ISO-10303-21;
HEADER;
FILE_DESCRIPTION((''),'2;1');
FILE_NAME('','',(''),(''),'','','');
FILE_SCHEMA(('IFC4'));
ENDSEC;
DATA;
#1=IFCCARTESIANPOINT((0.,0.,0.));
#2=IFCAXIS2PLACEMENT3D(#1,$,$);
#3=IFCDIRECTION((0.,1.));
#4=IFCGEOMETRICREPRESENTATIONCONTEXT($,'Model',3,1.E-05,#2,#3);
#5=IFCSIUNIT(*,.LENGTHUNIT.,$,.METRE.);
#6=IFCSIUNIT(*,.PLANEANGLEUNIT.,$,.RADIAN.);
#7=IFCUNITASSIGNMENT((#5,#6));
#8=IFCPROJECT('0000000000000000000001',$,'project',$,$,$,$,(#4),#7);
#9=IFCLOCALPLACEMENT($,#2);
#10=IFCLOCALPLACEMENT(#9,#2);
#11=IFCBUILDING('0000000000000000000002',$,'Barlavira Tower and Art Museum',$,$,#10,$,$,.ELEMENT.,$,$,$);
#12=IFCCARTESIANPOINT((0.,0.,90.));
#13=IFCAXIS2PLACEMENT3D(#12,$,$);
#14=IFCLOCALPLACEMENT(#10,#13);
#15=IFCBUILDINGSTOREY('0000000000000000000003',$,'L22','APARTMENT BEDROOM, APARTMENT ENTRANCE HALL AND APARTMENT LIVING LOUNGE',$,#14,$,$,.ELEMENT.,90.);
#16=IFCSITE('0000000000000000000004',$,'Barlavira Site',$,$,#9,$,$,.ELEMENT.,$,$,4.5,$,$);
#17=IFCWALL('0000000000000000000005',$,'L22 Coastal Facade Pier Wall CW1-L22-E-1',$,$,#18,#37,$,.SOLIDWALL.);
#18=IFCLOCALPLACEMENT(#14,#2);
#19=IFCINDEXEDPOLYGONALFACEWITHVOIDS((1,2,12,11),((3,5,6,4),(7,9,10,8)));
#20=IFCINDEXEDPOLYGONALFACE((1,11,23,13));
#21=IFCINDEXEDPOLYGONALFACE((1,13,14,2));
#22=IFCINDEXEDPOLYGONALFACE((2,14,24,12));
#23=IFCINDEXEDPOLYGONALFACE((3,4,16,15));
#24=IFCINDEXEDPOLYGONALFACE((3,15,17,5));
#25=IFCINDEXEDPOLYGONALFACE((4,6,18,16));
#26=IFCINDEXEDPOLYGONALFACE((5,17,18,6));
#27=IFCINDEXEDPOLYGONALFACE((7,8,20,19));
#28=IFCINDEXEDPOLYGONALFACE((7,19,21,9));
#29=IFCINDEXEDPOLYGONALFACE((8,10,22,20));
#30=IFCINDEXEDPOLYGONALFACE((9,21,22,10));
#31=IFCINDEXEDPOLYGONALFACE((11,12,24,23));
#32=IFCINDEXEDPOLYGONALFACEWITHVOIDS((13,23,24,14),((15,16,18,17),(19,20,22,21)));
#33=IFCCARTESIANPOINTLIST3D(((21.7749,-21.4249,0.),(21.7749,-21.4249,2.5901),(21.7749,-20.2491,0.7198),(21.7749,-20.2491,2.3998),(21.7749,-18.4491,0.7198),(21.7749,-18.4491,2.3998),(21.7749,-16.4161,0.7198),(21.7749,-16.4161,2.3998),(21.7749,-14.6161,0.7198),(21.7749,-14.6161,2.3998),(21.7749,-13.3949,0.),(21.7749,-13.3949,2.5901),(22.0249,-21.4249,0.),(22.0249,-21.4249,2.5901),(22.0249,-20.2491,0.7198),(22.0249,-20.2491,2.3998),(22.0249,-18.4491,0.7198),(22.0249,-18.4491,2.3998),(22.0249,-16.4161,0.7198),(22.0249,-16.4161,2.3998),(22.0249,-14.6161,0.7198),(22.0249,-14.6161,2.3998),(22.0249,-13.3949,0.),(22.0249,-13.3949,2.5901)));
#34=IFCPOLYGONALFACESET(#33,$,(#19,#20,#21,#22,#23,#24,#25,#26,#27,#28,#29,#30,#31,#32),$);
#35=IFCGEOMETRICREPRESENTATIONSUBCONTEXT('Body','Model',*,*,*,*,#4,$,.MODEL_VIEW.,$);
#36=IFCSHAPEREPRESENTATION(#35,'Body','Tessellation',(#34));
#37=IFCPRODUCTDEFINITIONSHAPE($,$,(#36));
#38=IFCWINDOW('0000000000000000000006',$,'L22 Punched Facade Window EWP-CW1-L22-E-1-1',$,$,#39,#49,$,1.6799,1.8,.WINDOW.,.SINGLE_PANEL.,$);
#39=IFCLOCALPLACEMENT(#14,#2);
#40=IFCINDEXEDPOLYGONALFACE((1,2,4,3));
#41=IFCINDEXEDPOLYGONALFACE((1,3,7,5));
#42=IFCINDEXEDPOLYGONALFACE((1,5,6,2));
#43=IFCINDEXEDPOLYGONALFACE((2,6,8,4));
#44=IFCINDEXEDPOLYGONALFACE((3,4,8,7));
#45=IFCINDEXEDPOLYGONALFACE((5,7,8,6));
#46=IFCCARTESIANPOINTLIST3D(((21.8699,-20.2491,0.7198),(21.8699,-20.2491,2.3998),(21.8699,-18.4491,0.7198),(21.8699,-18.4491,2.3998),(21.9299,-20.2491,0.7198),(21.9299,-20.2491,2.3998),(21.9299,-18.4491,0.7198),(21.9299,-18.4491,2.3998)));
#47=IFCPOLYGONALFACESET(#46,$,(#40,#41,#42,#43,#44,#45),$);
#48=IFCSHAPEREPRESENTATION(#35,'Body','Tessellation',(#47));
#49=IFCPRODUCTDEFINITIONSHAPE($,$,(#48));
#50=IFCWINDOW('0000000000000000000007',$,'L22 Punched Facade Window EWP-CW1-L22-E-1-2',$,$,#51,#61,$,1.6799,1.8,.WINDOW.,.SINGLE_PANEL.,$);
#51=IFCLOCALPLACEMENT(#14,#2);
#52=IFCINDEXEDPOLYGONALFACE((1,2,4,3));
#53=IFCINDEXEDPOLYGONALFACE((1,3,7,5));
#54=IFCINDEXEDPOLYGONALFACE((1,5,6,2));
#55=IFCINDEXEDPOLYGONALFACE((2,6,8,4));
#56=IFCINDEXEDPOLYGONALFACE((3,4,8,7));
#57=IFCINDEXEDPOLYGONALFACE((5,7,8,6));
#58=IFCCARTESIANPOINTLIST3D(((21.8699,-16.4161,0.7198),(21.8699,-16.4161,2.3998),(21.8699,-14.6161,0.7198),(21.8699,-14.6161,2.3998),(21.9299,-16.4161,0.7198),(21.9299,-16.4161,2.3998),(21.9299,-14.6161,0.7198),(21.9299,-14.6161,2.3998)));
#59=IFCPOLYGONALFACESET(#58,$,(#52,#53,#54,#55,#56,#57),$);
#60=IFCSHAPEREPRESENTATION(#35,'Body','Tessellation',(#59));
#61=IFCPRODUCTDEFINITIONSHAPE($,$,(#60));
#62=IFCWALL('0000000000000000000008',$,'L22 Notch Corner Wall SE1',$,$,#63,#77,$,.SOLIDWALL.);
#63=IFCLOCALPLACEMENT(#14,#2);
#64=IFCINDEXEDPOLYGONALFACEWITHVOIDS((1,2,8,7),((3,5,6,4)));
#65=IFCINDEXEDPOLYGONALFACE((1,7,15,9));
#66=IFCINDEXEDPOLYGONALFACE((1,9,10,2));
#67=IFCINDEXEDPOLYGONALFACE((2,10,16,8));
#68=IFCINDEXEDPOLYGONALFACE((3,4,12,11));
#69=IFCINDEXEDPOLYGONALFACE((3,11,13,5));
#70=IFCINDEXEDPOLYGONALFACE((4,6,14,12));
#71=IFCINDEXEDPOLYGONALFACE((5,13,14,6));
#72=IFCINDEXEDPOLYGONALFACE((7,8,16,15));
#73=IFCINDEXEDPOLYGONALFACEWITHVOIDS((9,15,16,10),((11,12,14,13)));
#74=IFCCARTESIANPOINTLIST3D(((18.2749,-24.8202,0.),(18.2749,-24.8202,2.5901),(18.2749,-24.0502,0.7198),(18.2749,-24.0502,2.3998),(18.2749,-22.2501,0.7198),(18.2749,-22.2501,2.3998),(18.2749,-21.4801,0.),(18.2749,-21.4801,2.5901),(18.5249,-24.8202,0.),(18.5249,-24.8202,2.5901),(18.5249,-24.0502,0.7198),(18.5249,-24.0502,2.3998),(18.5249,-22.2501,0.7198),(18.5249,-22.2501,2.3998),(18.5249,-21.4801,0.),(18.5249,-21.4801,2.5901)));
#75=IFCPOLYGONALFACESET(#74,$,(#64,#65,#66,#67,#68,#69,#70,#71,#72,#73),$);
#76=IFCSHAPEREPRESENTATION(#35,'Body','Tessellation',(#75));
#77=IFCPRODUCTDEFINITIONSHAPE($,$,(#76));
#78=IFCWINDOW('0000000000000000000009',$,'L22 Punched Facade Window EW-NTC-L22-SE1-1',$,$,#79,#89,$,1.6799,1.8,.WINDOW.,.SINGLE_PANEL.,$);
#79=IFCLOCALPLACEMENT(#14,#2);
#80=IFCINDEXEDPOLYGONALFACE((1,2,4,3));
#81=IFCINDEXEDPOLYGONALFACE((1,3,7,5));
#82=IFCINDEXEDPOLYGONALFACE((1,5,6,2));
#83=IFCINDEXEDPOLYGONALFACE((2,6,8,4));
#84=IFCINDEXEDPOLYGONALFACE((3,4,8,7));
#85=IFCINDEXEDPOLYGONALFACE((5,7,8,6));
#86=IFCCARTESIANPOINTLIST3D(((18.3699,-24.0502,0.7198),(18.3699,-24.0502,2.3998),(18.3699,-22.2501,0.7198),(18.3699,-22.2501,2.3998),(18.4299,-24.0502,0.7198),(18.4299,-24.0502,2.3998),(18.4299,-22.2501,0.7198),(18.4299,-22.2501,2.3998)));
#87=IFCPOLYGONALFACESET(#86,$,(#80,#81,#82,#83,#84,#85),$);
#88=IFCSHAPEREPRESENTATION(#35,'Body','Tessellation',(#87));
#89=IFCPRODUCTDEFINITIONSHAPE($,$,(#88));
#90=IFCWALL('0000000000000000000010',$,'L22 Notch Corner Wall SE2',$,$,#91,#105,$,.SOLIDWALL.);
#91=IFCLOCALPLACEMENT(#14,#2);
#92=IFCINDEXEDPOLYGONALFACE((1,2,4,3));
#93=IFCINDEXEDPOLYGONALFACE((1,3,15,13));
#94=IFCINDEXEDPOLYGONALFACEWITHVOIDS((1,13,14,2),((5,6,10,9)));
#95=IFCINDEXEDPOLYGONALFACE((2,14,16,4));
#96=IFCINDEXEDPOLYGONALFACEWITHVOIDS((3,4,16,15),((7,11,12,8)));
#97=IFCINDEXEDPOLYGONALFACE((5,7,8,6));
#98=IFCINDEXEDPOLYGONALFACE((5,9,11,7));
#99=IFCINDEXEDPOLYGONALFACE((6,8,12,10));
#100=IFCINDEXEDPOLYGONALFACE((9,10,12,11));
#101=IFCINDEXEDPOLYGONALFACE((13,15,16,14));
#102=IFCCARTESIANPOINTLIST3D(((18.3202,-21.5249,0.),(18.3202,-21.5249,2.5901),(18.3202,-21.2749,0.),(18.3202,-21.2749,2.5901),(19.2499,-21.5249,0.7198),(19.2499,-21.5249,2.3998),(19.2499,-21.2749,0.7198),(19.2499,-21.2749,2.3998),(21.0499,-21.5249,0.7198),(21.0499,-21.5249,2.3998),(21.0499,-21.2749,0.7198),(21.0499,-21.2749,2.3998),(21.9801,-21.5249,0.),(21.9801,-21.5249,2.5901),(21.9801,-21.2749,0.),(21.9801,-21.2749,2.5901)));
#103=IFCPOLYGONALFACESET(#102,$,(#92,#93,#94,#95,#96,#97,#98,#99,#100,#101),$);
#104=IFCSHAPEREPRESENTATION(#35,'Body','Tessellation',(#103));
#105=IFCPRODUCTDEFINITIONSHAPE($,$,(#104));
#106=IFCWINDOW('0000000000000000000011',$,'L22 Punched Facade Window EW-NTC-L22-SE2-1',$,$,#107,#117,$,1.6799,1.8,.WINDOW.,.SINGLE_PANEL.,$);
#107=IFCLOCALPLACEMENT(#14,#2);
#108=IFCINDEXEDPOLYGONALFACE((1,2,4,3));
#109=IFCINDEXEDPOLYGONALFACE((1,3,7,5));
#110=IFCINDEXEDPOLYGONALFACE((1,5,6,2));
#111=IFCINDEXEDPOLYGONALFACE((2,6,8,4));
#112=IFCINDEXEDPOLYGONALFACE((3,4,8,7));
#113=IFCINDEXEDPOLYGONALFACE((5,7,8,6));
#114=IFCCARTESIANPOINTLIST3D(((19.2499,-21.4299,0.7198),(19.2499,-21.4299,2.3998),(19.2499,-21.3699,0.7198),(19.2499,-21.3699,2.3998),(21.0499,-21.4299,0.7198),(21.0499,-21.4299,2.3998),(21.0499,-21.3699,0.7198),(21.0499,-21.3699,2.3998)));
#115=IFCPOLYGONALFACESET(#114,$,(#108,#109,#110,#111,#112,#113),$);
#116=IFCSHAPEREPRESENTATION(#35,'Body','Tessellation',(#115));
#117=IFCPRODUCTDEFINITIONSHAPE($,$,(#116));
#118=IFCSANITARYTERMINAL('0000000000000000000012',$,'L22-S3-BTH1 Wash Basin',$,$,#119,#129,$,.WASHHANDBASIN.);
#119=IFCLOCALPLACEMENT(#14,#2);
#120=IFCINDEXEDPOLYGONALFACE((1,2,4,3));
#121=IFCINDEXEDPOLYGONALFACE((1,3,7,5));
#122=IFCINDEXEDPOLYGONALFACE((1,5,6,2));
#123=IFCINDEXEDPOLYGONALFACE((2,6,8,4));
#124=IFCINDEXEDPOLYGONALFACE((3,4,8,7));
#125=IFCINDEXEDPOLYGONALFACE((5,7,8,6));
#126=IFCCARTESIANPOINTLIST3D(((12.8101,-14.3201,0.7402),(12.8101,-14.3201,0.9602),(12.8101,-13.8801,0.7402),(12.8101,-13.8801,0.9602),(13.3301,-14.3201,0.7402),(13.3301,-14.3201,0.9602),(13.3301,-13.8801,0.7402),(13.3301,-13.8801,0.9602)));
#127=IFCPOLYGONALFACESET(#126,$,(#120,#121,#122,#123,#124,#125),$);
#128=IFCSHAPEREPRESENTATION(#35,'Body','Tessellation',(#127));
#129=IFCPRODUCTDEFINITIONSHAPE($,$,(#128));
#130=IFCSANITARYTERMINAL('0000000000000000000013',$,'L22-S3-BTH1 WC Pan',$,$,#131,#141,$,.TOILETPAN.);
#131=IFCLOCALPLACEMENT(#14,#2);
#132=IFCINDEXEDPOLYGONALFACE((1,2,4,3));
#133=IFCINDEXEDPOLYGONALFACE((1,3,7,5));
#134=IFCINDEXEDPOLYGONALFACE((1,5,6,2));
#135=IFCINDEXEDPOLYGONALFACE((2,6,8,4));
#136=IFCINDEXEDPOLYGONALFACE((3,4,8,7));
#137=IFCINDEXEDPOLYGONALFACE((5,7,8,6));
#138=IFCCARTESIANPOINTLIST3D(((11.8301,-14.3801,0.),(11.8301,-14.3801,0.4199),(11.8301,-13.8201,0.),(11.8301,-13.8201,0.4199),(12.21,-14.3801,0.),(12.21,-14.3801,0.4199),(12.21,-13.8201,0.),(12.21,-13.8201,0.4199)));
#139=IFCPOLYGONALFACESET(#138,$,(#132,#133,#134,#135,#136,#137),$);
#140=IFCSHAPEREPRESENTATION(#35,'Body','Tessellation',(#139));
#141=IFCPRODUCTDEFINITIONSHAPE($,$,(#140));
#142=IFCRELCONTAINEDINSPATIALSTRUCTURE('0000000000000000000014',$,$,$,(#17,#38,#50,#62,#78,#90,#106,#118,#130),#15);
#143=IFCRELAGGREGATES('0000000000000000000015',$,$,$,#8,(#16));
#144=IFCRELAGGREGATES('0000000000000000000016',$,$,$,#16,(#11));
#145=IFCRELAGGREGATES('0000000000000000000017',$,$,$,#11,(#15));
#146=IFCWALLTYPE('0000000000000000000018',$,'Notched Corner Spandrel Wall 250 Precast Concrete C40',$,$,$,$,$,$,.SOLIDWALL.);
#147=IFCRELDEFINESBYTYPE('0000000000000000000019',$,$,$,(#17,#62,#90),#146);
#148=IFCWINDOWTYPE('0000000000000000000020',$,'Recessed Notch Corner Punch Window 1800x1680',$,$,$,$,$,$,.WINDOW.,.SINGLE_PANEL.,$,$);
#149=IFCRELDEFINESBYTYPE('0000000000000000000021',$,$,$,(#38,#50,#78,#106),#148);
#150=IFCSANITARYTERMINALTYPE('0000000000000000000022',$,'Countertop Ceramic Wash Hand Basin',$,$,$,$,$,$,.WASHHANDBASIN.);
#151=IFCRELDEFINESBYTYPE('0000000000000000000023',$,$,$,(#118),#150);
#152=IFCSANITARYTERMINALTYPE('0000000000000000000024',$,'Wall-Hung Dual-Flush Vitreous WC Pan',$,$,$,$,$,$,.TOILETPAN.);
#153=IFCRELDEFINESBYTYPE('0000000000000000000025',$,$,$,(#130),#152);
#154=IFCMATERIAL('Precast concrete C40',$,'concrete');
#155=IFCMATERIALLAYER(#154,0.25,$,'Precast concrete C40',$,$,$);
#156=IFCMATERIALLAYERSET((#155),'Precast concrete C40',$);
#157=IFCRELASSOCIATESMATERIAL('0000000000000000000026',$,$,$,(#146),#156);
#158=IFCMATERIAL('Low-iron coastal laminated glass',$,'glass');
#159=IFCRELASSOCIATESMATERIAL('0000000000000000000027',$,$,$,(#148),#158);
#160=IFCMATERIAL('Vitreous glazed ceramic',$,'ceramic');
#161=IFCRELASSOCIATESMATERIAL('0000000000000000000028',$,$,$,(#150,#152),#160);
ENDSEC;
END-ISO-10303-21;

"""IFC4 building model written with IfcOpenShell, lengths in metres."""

from ifc_helpers import new_model, si_unit, direction, frame, frame_2d, origin, origin_2d, place, context, subcontext, project, spatial, rectangle, extrude, material, layer, layer_set, type_object, element, fill, save


model = new_model("IFC4")

# Units and contexts
model_context = context("Model", 3, precision=1e-05, world=origin(), true_north=direction((0.0, 1.0)))
body_context = subcontext(model_context, "Body", "Model", "MODEL_VIEW")
ifc_project = project(units=[si_unit("LENGTHUNIT", "METRE"), si_unit("PLANEANGLEUNIT", "RADIAN")], contexts=[model_context])

# Site, building, storey
site_placement = place(None, origin())
site = spatial("IfcSite", under=ifc_project, at=site_placement, Name="Barlavira Site", CompositionType="ELEMENT", RefElevation=4.5)
building_placement = place(site_placement, origin())
building = spatial("IfcBuilding", under=site, at=building_placement, Name="Barlavira Tower and Art Museum", CompositionType="ELEMENT")
storey_placement = place(building_placement, frame((0.0, 0.0, 90.0)))
storey = spatial("IfcBuildingStorey", under=building, at=storey_placement, Name="L22", Description="APARTMENT BEDROOM, APARTMENT ENTRANCE HALL AND APARTMENT LIVING LOUNGE", CompositionType="ELEMENT", Elevation=90.0)

# Wall, openings, windows
ifc_material_1 = material(Name="Precast concrete C40", Category="concrete")
ifc_layer_1 = layer(ifc_material_1, 0.25, Name="Precast concrete C40")
ifc_layer_set_1 = layer_set([ifc_layer_1], Name="Precast concrete C40")
wall_type_1 = type_object("IfcWallType", Name="Notched Corner Spandrel Wall 250 Precast Concrete C40", PredefinedType="SOLIDWALL", material=ifc_layer_set_1)
wall_1_placement = place(storey_placement, frame((21.8999, -21.425, 0.0), z_axis=(0.0, 0.0, 1.0), x_axis=(0.0, 1.0, 0.0)))
wall_1 = element("IfcWall", 1, at=wall_1_placement, inside=storey, type_object=wall_type_1, Name="L22 Coastal Facade Pier Wall CW1-L22-E-1", PredefinedType="SOLIDWALL", context=body_context, shape_type="SweptSolid", body=[
    extrude(rectangle(XDim=8.03, YDim=0.25, at=frame_2d((4.0151, 0.0))), origin(), (0.0, 0.0, 1.0), 2.5901),
])
opening_1_placement = place(wall_1_placement, frame((1.176, 0.0, 0.72)))
opening_1 = element("IfcOpeningElement", 2, at=opening_1_placement, cuts=wall_1, PredefinedType="OPENING", context=body_context, shape_type="SweptSolid", body=[
    extrude(rectangle(XDim=1.8, YDim=1.6799, at=frame_2d((0.8999, 0.8398))), frame((0.0, 0.135, 0.0), z_axis=(0.0, -1.0, 0.0), x_axis=(1.0, 0.0, 0.0)), (0.0, 0.0, 1.0), 0.27),
])
opening_2_placement = place(wall_1_placement, frame((5.009, 0.0, 0.72)))
opening_2 = element("IfcOpeningElement", 3, at=opening_2_placement, cuts=wall_1, PredefinedType="OPENING", context=body_context, shape_type="SweptSolid", body=[
    extrude(rectangle(XDim=1.8, YDim=1.6799, at=frame_2d((0.8999, 0.8398))), frame((0.0, 0.135, 0.0), z_axis=(0.0, -1.0, 0.0), x_axis=(1.0, 0.0, 0.0)), (0.0, 0.0, 1.0), 0.27),
])
ifc_material_2 = material(Name="Low-iron coastal laminated glass", Category="glass")
window_type = type_object("IfcWindowType", Name="Recessed Notch Corner Punch Window 1800x1680", PartitioningType="SINGLE_PANEL", PredefinedType="WINDOW", material=ifc_material_2)
window_1_placement = place(opening_1_placement, origin())
window_1 = element("IfcWindow", 4, at=window_1_placement, inside=storey, type_object=window_type, Name="L22 Punched Facade Window EWP-CW1-L22-E-1-1", OverallHeight=1.6799, OverallWidth=1.8, PartitioningType="SINGLE_PANEL", PredefinedType="WINDOW", context=body_context, shape_type="SweptSolid", body=[
    extrude(rectangle(XDim=1.8, YDim=1.6799, at=frame_2d((0.8999, 0.8398))), frame((0.0, 0.03, 0.0), z_axis=(0.0, -1.0, 0.0), x_axis=(1.0, 0.0, 0.0)), (0.0, 0.0, 1.0), 0.0601),
])
fill(opening_1, window_1)
window_2_placement = place(opening_2_placement, origin())
window_2 = element("IfcWindow", 5, at=window_2_placement, inside=storey, type_object=window_type, Name="L22 Punched Facade Window EWP-CW1-L22-E-1-2", OverallHeight=1.6799, OverallWidth=1.8, PartitioningType="SINGLE_PANEL", PredefinedType="WINDOW", context=body_context, shape_type="SweptSolid", body=[
    extrude(rectangle(XDim=1.8, YDim=1.6799, at=frame_2d((0.8999, 0.8398))), frame((0.0, 0.03, 0.0), z_axis=(0.0, -1.0, 0.0), x_axis=(1.0, 0.0, 0.0)), (0.0, 0.0, 1.0), 0.0601),
])
fill(opening_2, window_2)

# Walls, openings, windows
wall_2_placement = place(storey_placement, frame((18.3999, -24.8201, 0.0), z_axis=(0.0, 0.0, 1.0), x_axis=(0.0, 1.0, 0.0)))
wall_2 = element("IfcWall", 6, at=wall_2_placement, inside=storey, type_object=wall_type_1, Name="L22 Notch Corner Wall SE1", PredefinedType="SOLIDWALL", context=body_context, shape_type="SweptSolid", body=[
    extrude(rectangle(XDim=3.3401, YDim=0.25, at=frame_2d((1.6699, 0.0))), origin(), (0.0, 0.0, 1.0), 2.5901),
])
opening_3_placement = place(wall_2_placement, frame((0.77, 0.0, 0.72)))
opening_3 = element("IfcOpeningElement", 7, at=opening_3_placement, cuts=wall_2, PredefinedType="OPENING", context=body_context, shape_type="SweptSolid", body=[
    extrude(rectangle(XDim=1.8, YDim=1.6799, at=frame_2d((0.8999, 0.8398))), frame((0.0, 0.135, 0.0), z_axis=(0.0, -1.0, 0.0), x_axis=(1.0, 0.0, 0.0)), (0.0, 0.0, 1.0), 0.27),
])
window_3_placement = place(opening_3_placement, origin())
window_3 = element("IfcWindow", 8, at=window_3_placement, inside=storey, type_object=window_type, Name="L22 Punched Facade Window EW-NTC-L22-SE1-1", OverallHeight=1.6799, OverallWidth=1.8, PartitioningType="SINGLE_PANEL", PredefinedType="WINDOW", context=body_context, shape_type="SweptSolid", body=[
    extrude(rectangle(XDim=1.8, YDim=1.6799, at=frame_2d((0.8999, 0.8398))), frame((0.0, 0.03, 0.0), z_axis=(0.0, -1.0, 0.0), x_axis=(1.0, 0.0, 0.0)), (0.0, 0.0, 1.0), 0.0601),
])
fill(opening_3, window_3)
wall_3_placement = place(storey_placement, frame((18.3201, -21.3999, 0.0), z_axis=(0.0, 0.0, 1.0), x_axis=(1.0, 0.0, 0.0)))
wall_3 = element("IfcWall", 9, at=wall_3_placement, inside=storey, type_object=wall_type_1, Name="L22 Notch Corner Wall SE2", PredefinedType="SOLIDWALL", context=body_context, shape_type="SweptSolid", body=[
    extrude(rectangle(XDim=3.6599, YDim=0.25, at=frame_2d((1.8301, 0.0))), origin(), (0.0, 0.0, 1.0), 2.5901),
])
opening_4_placement = place(wall_3_placement, frame((0.9299, 0.0, 0.72)))
opening_4 = element("IfcOpeningElement", 10, at=opening_4_placement, cuts=wall_3, PredefinedType="OPENING", context=body_context, shape_type="SweptSolid", body=[
    extrude(rectangle(XDim=1.8, YDim=1.6799, at=frame_2d((0.8999, 0.8398))), frame((0.0, 0.135, 0.0), z_axis=(0.0, -1.0, 0.0), x_axis=(1.0, 0.0, 0.0)), (0.0, 0.0, 1.0), 0.27),
])
window_4_placement = place(opening_4_placement, origin())
window_4 = element("IfcWindow", 11, at=window_4_placement, inside=storey, type_object=window_type, Name="L22 Punched Facade Window EW-NTC-L22-SE2-1", OverallHeight=1.6799, OverallWidth=1.8, PartitioningType="SINGLE_PANEL", PredefinedType="WINDOW", context=body_context, shape_type="SweptSolid", body=[
    extrude(rectangle(XDim=1.8, YDim=1.6799, at=frame_2d((0.8999, 0.8398))), frame((0.0, 0.03, 0.0), z_axis=(0.0, -1.0, 0.0), x_axis=(1.0, 0.0, 0.0)), (0.0, 0.0, 1.0), 0.0601),
])
fill(opening_4, window_4)

# Sanitary terminals
ifc_material_3 = material(Name="Vitreous glazed ceramic", Category="ceramic")
sanitary_terminal_type_1 = type_object("IfcSanitaryTerminalType", Name="Countertop Ceramic Wash Hand Basin", PredefinedType="WASHHANDBASIN", material=ifc_material_3)
sanitary_terminal_1_placement = place(storey_placement, frame((13.0701, -14.1001, 0.7402), z_axis=(0.0, 0.0, 1.0), x_axis=(1.0, 0.0, 0.0)))
element("IfcSanitaryTerminal", 12, at=sanitary_terminal_1_placement, inside=storey, type_object=sanitary_terminal_type_1, Name="L22-S3-BTH1 Wash Basin", PredefinedType="WASHHANDBASIN", context=body_context, shape_type="SweptSolid", body=[
    extrude(rectangle(XDim=0.52, YDim=0.4399, at=origin_2d()), origin(), (0.0, 0.0, 1.0), 0.22),
])
sanitary_terminal_type_2 = type_object("IfcSanitaryTerminalType", Name="Wall-Hung Dual-Flush Vitreous WC Pan", PredefinedType="TOILETPAN", material=ifc_material_3)
sanitary_terminal_2_placement = place(storey_placement, frame((12.02, -14.1001, 0.0), z_axis=(0.0, 0.0, 1.0), x_axis=(1.0, 0.0, 0.0)))
element("IfcSanitaryTerminal", 13, at=sanitary_terminal_2_placement, inside=storey, type_object=sanitary_terminal_type_2, Name="L22-S3-BTH1 WC Pan", PredefinedType="TOILETPAN", context=body_context, shape_type="SweptSolid", body=[
    extrude(rectangle(XDim=0.3799, YDim=0.5601, at=origin_2d()), origin(), (0.0, 0.0, 1.0), 0.4199),
])

save(model, "model.ifc")
